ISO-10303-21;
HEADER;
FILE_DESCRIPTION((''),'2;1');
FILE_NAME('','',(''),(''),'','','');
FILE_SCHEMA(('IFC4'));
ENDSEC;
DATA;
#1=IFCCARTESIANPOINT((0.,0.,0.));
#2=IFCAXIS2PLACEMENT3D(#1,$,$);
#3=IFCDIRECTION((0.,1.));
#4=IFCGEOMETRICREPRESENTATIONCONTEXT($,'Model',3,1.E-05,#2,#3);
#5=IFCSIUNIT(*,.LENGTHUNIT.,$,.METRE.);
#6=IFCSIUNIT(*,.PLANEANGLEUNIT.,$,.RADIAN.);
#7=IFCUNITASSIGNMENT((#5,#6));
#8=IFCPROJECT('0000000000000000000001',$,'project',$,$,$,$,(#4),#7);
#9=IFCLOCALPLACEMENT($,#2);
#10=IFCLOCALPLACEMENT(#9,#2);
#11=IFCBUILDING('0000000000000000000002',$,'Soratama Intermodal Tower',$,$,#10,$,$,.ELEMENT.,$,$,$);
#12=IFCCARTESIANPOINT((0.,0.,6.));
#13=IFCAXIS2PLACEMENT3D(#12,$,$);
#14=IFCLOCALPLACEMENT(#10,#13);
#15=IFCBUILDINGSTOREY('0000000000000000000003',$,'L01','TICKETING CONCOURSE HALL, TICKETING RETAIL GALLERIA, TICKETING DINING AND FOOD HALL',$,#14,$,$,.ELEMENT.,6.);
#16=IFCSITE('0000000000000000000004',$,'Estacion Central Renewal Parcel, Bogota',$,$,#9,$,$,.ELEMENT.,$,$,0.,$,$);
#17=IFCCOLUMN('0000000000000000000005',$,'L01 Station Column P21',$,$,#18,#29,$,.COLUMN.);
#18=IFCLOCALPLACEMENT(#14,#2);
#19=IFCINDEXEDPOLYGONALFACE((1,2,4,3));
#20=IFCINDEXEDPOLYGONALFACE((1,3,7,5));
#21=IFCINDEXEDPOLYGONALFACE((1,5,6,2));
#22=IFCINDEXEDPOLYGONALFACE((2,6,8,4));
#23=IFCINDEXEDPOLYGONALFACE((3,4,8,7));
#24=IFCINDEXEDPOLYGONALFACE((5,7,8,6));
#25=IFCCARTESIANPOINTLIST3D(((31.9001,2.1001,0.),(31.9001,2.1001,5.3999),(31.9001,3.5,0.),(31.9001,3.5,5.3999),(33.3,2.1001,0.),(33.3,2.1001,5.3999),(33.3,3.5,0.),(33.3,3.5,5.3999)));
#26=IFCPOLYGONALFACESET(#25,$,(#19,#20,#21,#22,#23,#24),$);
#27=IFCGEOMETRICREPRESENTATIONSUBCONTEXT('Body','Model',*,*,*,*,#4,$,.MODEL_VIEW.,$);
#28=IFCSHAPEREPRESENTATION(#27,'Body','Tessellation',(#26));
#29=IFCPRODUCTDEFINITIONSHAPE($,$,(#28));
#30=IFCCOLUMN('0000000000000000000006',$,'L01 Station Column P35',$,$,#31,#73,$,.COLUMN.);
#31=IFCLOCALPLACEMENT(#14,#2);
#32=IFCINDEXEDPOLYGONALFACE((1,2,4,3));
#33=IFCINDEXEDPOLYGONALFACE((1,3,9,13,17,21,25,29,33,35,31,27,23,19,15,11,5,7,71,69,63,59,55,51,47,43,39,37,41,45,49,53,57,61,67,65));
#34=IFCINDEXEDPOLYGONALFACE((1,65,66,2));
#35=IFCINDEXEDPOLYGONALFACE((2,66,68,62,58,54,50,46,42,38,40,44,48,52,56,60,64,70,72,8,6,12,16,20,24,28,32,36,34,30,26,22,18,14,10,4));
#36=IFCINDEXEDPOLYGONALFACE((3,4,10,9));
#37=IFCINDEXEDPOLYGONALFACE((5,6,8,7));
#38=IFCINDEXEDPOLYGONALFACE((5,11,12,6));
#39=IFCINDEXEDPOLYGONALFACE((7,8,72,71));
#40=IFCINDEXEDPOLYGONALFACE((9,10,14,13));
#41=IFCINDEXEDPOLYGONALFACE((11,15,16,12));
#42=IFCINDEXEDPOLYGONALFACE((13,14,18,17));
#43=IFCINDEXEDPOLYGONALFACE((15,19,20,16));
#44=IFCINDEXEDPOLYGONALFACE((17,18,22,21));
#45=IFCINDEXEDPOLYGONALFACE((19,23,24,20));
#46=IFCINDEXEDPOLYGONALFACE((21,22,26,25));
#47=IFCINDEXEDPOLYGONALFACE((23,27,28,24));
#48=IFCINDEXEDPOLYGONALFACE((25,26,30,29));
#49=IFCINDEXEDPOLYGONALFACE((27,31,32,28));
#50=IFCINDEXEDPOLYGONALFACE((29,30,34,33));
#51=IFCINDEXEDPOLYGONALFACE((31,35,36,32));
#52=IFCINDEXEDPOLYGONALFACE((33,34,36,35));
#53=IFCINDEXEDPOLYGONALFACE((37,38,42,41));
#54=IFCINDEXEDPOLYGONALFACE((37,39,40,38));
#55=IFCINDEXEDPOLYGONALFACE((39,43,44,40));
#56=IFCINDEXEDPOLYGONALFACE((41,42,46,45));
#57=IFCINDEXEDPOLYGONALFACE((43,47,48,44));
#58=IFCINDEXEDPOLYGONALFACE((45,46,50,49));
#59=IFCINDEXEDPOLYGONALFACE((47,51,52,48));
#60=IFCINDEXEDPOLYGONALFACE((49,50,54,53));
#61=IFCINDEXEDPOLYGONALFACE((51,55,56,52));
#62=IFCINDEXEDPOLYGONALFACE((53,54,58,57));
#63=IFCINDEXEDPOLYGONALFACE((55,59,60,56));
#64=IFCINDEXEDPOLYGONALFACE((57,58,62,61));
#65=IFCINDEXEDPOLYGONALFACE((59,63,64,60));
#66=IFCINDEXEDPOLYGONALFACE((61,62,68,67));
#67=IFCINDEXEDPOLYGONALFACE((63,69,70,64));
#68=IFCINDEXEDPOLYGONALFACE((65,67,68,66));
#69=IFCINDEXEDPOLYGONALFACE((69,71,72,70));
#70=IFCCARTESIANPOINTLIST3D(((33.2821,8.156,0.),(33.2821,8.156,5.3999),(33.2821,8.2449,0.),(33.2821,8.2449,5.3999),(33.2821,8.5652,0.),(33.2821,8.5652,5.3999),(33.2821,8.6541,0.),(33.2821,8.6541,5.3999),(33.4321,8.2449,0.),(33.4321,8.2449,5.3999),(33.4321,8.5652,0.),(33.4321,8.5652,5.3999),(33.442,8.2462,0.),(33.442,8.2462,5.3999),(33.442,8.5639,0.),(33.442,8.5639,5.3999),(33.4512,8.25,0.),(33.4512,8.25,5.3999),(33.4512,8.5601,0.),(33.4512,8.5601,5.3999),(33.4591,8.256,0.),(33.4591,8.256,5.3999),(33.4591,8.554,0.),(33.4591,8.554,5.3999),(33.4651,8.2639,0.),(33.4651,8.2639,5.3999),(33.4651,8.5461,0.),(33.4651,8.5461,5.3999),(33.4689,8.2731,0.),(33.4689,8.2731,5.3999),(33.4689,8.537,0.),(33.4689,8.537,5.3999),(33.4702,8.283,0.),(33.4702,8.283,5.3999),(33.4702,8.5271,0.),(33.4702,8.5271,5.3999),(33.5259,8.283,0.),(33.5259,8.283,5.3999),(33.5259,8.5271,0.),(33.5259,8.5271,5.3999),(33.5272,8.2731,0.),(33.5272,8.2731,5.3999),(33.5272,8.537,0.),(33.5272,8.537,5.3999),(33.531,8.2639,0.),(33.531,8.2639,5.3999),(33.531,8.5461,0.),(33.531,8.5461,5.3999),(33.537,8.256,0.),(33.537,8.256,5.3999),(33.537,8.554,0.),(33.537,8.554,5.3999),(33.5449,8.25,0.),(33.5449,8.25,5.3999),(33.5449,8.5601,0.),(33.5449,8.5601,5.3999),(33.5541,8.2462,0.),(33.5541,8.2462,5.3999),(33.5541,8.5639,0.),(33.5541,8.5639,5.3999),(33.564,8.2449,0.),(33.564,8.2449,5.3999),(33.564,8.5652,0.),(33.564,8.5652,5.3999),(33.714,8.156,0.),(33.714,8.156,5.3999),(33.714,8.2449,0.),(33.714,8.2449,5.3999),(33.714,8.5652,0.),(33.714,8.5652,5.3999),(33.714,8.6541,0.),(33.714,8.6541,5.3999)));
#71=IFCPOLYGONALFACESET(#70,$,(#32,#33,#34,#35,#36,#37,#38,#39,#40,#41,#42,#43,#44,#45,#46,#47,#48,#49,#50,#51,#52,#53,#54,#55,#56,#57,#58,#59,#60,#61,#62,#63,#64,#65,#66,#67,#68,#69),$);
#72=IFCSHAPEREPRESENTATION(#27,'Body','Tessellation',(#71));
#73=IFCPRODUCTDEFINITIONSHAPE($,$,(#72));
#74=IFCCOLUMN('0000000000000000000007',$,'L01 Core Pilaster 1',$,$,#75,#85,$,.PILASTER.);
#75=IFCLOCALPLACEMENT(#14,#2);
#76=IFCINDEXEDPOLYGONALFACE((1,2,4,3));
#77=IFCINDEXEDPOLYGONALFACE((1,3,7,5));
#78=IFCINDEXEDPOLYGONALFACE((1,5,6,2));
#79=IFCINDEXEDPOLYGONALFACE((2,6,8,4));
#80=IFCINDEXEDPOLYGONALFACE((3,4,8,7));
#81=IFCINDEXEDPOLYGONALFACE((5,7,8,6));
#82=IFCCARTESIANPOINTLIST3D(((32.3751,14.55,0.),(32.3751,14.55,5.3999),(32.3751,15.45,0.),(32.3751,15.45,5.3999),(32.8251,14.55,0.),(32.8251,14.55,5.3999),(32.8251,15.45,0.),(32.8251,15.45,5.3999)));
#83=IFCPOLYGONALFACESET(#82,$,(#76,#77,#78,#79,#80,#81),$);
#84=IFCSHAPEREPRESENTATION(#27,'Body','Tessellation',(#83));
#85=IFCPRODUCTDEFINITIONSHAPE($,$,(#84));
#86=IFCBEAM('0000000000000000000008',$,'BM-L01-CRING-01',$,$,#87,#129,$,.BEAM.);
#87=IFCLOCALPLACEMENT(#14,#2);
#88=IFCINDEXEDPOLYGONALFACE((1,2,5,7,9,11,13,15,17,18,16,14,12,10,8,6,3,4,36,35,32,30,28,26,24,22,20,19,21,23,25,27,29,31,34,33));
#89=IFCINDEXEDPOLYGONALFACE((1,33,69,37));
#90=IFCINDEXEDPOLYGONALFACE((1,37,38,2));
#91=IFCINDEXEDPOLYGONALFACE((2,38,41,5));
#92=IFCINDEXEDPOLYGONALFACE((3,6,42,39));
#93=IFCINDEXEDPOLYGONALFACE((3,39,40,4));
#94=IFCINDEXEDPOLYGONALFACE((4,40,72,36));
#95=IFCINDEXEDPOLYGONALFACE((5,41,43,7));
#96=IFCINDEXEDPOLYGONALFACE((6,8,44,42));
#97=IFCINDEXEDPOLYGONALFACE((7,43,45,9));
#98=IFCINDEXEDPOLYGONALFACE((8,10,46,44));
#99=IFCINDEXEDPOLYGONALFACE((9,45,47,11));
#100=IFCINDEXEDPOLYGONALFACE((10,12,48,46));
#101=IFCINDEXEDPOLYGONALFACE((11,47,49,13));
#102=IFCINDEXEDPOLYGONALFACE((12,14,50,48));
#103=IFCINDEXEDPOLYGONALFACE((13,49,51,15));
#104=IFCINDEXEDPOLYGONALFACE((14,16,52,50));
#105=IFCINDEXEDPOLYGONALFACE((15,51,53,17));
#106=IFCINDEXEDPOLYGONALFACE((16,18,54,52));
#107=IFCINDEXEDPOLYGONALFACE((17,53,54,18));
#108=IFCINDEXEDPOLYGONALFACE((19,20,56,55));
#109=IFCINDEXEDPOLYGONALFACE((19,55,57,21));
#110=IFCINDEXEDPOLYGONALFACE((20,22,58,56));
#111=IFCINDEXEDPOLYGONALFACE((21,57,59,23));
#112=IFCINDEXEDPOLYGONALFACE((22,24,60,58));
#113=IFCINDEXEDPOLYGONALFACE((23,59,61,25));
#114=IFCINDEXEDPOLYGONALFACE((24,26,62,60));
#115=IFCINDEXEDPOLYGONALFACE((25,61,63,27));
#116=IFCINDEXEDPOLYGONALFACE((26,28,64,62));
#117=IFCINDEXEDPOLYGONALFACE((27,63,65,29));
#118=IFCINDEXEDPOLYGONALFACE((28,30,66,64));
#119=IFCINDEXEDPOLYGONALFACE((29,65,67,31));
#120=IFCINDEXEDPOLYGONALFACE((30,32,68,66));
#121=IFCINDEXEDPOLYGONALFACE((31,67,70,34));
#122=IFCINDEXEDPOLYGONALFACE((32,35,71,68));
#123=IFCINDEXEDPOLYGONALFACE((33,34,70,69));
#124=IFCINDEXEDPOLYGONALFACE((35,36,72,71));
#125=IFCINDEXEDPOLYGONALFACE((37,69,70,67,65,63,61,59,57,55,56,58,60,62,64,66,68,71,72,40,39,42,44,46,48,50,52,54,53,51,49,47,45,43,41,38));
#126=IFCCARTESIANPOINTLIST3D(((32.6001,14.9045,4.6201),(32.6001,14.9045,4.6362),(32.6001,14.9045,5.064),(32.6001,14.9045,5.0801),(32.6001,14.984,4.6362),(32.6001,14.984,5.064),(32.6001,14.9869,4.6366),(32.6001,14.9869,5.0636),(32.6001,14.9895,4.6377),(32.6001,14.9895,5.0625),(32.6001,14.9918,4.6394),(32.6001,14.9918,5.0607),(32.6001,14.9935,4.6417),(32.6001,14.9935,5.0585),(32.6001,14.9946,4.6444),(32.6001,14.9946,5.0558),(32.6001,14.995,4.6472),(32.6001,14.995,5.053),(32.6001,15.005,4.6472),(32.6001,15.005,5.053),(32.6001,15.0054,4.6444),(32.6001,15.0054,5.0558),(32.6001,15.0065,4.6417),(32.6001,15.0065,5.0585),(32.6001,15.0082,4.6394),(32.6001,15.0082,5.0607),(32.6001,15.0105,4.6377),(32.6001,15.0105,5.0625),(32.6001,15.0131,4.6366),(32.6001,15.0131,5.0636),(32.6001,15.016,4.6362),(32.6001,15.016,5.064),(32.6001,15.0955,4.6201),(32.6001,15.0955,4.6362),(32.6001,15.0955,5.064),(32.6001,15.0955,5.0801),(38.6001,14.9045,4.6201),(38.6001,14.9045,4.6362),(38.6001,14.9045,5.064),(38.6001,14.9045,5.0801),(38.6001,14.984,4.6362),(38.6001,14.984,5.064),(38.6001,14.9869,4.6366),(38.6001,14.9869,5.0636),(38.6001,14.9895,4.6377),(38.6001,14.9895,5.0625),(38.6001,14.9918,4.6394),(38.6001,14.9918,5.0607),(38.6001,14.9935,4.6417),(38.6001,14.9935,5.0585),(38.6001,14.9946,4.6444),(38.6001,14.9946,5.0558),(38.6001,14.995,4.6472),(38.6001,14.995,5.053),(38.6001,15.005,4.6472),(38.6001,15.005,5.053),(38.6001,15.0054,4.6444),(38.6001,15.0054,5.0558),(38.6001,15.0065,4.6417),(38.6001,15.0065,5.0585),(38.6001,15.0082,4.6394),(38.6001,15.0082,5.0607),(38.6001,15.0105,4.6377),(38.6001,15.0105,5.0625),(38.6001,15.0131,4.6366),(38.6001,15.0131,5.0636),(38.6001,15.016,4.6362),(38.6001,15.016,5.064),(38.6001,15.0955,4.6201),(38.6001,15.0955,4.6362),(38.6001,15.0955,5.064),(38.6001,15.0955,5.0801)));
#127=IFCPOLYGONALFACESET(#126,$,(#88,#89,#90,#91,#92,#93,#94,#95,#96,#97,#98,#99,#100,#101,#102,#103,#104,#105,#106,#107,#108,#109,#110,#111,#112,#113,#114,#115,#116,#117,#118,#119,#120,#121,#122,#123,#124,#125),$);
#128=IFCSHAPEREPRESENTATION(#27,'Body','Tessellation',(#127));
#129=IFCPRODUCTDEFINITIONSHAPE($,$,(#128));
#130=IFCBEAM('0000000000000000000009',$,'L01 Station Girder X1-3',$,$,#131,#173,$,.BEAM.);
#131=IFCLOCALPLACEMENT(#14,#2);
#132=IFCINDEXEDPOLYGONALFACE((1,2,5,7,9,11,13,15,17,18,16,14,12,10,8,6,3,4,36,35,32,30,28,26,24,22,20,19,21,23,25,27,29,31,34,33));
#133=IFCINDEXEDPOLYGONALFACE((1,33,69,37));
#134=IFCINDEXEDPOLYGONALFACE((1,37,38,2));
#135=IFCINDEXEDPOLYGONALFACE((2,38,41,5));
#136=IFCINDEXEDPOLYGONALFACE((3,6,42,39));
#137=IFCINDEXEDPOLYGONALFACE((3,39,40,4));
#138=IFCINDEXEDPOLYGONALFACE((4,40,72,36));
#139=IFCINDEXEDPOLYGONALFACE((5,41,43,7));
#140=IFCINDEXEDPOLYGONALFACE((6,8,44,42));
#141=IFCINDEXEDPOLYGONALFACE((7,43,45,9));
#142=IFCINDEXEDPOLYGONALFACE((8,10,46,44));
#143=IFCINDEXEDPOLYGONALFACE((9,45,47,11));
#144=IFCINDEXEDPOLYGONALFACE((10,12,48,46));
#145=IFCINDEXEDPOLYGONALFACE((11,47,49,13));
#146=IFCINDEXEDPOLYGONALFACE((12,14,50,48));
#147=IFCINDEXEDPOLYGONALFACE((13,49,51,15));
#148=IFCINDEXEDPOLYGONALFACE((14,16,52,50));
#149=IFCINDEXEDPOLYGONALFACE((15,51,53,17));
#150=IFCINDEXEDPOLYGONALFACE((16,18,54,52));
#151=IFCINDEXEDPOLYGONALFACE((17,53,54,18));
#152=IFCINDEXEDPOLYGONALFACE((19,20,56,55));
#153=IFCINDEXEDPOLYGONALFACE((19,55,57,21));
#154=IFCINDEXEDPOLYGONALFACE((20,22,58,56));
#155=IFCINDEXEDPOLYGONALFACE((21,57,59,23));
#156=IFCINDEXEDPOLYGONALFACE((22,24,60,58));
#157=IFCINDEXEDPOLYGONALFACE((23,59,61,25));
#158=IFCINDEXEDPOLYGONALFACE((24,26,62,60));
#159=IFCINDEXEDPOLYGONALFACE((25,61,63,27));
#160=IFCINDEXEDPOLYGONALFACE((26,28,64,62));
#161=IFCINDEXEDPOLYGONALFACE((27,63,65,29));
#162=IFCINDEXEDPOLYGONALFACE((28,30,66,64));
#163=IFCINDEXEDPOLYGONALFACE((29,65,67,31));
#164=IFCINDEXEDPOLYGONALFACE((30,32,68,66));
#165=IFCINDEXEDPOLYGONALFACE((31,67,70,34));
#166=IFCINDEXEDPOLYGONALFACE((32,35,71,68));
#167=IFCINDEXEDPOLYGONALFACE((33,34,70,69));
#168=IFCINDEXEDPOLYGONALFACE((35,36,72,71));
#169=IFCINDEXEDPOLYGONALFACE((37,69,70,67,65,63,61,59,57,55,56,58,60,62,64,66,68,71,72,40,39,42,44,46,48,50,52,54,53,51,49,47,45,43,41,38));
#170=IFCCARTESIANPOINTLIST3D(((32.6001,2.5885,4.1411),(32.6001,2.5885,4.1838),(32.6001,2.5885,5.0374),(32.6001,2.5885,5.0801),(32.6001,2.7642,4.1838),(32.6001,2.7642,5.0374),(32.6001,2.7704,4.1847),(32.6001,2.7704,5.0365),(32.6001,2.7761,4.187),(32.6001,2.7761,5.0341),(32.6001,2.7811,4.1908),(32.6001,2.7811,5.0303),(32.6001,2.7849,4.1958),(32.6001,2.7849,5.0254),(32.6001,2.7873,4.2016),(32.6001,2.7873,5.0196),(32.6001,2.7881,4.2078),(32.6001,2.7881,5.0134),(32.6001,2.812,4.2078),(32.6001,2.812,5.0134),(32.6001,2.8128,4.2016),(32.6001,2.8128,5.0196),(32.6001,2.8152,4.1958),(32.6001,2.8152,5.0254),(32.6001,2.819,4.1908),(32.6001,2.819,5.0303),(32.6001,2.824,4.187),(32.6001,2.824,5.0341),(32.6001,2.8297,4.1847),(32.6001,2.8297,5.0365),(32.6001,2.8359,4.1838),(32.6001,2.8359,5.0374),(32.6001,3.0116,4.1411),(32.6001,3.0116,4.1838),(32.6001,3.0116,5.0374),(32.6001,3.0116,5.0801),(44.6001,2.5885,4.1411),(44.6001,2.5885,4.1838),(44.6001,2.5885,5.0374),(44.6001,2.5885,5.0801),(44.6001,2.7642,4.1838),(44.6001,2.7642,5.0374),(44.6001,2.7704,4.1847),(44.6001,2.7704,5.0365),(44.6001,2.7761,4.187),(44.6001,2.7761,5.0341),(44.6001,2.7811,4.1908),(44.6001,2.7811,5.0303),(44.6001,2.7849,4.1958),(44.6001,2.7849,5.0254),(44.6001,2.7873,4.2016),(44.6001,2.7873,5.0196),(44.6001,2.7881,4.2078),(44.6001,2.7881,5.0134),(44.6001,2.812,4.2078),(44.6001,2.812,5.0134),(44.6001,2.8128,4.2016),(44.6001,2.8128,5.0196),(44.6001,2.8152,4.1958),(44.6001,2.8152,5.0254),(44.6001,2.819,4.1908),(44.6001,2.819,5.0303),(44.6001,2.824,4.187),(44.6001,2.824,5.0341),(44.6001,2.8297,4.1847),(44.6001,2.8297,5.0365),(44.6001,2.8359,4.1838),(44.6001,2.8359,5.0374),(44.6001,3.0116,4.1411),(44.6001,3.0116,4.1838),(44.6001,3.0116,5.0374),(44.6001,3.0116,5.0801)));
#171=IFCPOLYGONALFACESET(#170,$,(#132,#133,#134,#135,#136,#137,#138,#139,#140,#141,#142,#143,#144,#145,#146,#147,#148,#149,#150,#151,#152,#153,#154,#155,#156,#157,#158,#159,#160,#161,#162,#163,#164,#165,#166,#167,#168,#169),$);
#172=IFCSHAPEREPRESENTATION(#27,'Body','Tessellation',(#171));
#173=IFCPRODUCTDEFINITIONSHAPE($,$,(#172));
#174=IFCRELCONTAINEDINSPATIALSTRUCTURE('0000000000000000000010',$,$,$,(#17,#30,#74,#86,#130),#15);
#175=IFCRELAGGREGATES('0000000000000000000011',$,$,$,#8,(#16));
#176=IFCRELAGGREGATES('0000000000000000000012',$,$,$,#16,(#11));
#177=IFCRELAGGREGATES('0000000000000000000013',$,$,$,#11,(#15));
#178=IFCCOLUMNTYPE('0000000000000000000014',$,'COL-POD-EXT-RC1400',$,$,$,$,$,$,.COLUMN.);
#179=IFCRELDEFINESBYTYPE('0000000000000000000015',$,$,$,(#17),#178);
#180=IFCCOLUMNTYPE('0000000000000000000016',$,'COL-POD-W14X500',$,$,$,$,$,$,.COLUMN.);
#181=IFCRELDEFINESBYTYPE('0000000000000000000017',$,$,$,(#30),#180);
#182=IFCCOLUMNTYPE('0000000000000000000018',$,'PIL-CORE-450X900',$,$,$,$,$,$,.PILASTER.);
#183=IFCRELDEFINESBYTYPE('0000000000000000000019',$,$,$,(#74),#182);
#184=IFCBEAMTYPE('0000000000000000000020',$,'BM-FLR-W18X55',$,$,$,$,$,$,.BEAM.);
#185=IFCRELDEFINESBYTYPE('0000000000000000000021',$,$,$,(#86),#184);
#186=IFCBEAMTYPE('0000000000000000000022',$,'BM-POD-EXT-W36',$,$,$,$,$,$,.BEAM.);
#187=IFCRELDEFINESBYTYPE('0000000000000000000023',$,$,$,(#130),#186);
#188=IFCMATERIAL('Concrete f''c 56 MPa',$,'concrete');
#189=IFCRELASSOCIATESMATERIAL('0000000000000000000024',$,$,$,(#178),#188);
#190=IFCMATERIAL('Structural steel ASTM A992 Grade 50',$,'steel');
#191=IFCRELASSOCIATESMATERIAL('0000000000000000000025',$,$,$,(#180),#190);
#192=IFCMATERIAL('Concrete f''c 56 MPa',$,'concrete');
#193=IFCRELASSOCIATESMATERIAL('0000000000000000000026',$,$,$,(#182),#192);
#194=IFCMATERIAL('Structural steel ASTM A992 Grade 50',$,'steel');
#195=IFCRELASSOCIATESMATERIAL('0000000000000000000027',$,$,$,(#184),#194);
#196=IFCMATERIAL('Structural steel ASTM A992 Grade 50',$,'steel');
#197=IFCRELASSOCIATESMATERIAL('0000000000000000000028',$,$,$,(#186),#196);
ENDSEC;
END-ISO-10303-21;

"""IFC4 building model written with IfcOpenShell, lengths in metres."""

from ifc_helpers import new_model, si_unit, direction, frame, origin, origin_2d, place, context, subcontext, project, spatial, rectangle, i_section, extrude, material, material_profile, profile_set, type_object, element, save


model = new_model("IFC4")

# Units and contexts
model_context = context("Model", 3, precision=1e-05, world=origin(), true_north=direction((0.0, 1.0)))
body_context = subcontext(model_context, "Body", "Model", "MODEL_VIEW")
ifc_project = project(units=[si_unit("LENGTHUNIT", "METRE"), si_unit("PLANEANGLEUNIT", "RADIAN")], contexts=[model_context])

# Site, building, storey
site_placement = place(None, origin())
site = spatial("IfcSite", under=ifc_project, at=site_placement, Name="Estacion Central Renewal Parcel, Bogota", CompositionType="ELEMENT", RefElevation=0.0)
building_placement = place(site_placement, origin())
building = spatial("IfcBuilding", under=site, at=building_placement, Name="Soratama Intermodal Tower", CompositionType="ELEMENT")
storey_placement = place(building_placement, frame((0.0, 0.0, 6.0)))
storey = spatial("IfcBuildingStorey", under=building, at=storey_placement, Name="L01", Description="TICKETING CONCOURSE HALL, TICKETING RETAIL GALLERIA, TICKETING DINING AND FOOD HALL", CompositionType="ELEMENT", Elevation=6.0)

# Columns
ifc_material_1 = material(Name="Concrete f'c 56 MPa", Category="concrete")
ifc_material_profile_1 = material_profile(ifc_material_1, rectangle(XDim=1.3999, YDim=1.3999, at=origin_2d()), Name="RC1400X1400")
ifc_profile_set_1 = profile_set([ifc_material_profile_1], Name="Concrete f'c 56 MPa")
column_type_1 = type_object("IfcColumnType", Name="COL-POD-EXT-RC1400", PredefinedType="COLUMN", material=ifc_profile_set_1)
column_1_placement = place(storey_placement, frame((32.6001, 2.8, 0.0), z_axis=(0.0, 0.0, 1.0), x_axis=(1.0, 0.0, 0.0)))
element("IfcColumn", 1, at=column_1_placement, inside=storey, type_object=column_type_1, Name="L01 Station Column P21", PredefinedType="COLUMN", context=body_context, shape_type="SweptSolid", body=[
    extrude(rectangle(XDim=1.3999, YDim=1.3999, at=origin_2d()), origin(), (0.0, 0.0, 1.0), 5.3999),
])
ifc_material_2 = material(Name="Structural steel ASTM A992 Grade 50", Category="steel")
ifc_material_profile_2 = material_profile(ifc_material_2, i_section(OverallWidth=0.4319, OverallDepth=0.498, WebThickness=0.0557, FlangeThickness=0.0889, FilletRadius=0.0381, at=origin_2d()), Name="W14X500")
ifc_profile_set_2 = profile_set([ifc_material_profile_2], Name="Structural steel ASTM A992 Grade 50")
column_type_2 = type_object("IfcColumnType", Name="COL-POD-W14X500", PredefinedType="COLUMN", material=ifc_profile_set_2)
column_2_placement = place(storey_placement, frame((33.498, 8.405, 0.0), z_axis=(0.0, 0.0, 1.0), x_axis=(1.0, 0.0, 0.0)))
element("IfcColumn", 2, at=column_2_placement, inside=storey, type_object=column_type_2, Name="L01 Station Column P35", PredefinedType="COLUMN", context=body_context, shape_type="SweptSolid", body=[
    extrude(i_section(OverallWidth=0.4319, OverallDepth=0.498, WebThickness=0.0557, FlangeThickness=0.0889, FilletRadius=0.0381, at=origin_2d()), origin(), (0.0, 0.0, 1.0), 5.3999),
])
ifc_material_3 = material(Name="Concrete f'c 56 MPa", Category="concrete")
ifc_material_profile_3 = material_profile(ifc_material_3, rectangle(XDim=0.45, YDim=0.8999, at=origin_2d()), Name="RC450X900")
ifc_profile_set_3 = profile_set([ifc_material_profile_3], Name="Concrete f'c 56 MPa")
column_type_3 = type_object("IfcColumnType", Name="PIL-CORE-450X900", PredefinedType="PILASTER", material=ifc_profile_set_3)
column_3_placement = place(storey_placement, frame((32.6001, 15.0, 0.0), z_axis=(0.0, 0.0, 1.0), x_axis=(1.0, 0.0, 0.0)))
element("IfcColumn", 3, at=column_3_placement, inside=storey, type_object=column_type_3, Name="L01 Core Pilaster 1", PredefinedType="PILASTER", context=body_context, shape_type="SweptSolid", body=[
    extrude(rectangle(XDim=0.45, YDim=0.8999, at=origin_2d()), origin(), (0.0, 0.0, 1.0), 5.3999),
])

# Beams
ifc_material_4 = material(Name="Structural steel ASTM A992 Grade 50", Category="steel")
ifc_material_profile_4 = material_profile(ifc_material_4, i_section(OverallWidth=0.1909, OverallDepth=0.46, WebThickness=0.01, FlangeThickness=0.0161, FilletRadius=0.011, at=origin_2d()), Name="W18X55")
ifc_profile_set_4 = profile_set([ifc_material_profile_4], Name="Structural steel ASTM A992 Grade 50")
beam_type_1 = type_object("IfcBeamType", Name="BM-FLR-W18X55", PredefinedType="BEAM", material=ifc_profile_set_4)
beam_1_placement = place(storey_placement, frame((32.6001, 15.0, 4.8501), z_axis=(1.0, 0.0, 0.0), x_axis=(0.0, 1.0, 0.0)))
element("IfcBeam", 4, at=beam_1_placement, inside=storey, type_object=beam_type_1, Name="BM-L01-CRING-01", PredefinedType="BEAM", context=body_context, shape_type="SweptSolid", body=[
    extrude(i_section(OverallWidth=0.1909, OverallDepth=0.46, WebThickness=0.01, FlangeThickness=0.0161, FilletRadius=0.011, at=origin_2d()), origin(), (0.0, 0.0, 1.0), 6.0),
])
ifc_material_5 = material(Name="Structural steel ASTM A992 Grade 50", Category="steel")
ifc_material_profile_5 = material_profile(ifc_material_5, i_section(OverallWidth=0.4231, OverallDepth=0.939, WebThickness=0.0239, FlangeThickness=0.0427, FilletRadius=0.0239, at=origin_2d()), Name="W36X302")
ifc_profile_set_5 = profile_set([ifc_material_profile_5], Name="Structural steel ASTM A992 Grade 50")
beam_type_2 = type_object("IfcBeamType", Name="BM-POD-EXT-W36", PredefinedType="BEAM", material=ifc_profile_set_5)
beam_2_placement = place(storey_placement, frame((32.6001, 2.8, 4.6106), z_axis=(1.0, 0.0, 0.0), x_axis=(0.0, 1.0, 0.0)))
element("IfcBeam", 5, at=beam_2_placement, inside=storey, type_object=beam_type_2, Name="L01 Station Girder X1-3", PredefinedType="BEAM", context=body_context, shape_type="SweptSolid", body=[
    extrude(i_section(OverallWidth=0.4231, OverallDepth=0.939, WebThickness=0.0239, FlangeThickness=0.0427, FilletRadius=0.0239, at=origin_2d()), origin(), (0.0, 0.0, 1.0), 12.0),
])

save(model, "model.ifc")
